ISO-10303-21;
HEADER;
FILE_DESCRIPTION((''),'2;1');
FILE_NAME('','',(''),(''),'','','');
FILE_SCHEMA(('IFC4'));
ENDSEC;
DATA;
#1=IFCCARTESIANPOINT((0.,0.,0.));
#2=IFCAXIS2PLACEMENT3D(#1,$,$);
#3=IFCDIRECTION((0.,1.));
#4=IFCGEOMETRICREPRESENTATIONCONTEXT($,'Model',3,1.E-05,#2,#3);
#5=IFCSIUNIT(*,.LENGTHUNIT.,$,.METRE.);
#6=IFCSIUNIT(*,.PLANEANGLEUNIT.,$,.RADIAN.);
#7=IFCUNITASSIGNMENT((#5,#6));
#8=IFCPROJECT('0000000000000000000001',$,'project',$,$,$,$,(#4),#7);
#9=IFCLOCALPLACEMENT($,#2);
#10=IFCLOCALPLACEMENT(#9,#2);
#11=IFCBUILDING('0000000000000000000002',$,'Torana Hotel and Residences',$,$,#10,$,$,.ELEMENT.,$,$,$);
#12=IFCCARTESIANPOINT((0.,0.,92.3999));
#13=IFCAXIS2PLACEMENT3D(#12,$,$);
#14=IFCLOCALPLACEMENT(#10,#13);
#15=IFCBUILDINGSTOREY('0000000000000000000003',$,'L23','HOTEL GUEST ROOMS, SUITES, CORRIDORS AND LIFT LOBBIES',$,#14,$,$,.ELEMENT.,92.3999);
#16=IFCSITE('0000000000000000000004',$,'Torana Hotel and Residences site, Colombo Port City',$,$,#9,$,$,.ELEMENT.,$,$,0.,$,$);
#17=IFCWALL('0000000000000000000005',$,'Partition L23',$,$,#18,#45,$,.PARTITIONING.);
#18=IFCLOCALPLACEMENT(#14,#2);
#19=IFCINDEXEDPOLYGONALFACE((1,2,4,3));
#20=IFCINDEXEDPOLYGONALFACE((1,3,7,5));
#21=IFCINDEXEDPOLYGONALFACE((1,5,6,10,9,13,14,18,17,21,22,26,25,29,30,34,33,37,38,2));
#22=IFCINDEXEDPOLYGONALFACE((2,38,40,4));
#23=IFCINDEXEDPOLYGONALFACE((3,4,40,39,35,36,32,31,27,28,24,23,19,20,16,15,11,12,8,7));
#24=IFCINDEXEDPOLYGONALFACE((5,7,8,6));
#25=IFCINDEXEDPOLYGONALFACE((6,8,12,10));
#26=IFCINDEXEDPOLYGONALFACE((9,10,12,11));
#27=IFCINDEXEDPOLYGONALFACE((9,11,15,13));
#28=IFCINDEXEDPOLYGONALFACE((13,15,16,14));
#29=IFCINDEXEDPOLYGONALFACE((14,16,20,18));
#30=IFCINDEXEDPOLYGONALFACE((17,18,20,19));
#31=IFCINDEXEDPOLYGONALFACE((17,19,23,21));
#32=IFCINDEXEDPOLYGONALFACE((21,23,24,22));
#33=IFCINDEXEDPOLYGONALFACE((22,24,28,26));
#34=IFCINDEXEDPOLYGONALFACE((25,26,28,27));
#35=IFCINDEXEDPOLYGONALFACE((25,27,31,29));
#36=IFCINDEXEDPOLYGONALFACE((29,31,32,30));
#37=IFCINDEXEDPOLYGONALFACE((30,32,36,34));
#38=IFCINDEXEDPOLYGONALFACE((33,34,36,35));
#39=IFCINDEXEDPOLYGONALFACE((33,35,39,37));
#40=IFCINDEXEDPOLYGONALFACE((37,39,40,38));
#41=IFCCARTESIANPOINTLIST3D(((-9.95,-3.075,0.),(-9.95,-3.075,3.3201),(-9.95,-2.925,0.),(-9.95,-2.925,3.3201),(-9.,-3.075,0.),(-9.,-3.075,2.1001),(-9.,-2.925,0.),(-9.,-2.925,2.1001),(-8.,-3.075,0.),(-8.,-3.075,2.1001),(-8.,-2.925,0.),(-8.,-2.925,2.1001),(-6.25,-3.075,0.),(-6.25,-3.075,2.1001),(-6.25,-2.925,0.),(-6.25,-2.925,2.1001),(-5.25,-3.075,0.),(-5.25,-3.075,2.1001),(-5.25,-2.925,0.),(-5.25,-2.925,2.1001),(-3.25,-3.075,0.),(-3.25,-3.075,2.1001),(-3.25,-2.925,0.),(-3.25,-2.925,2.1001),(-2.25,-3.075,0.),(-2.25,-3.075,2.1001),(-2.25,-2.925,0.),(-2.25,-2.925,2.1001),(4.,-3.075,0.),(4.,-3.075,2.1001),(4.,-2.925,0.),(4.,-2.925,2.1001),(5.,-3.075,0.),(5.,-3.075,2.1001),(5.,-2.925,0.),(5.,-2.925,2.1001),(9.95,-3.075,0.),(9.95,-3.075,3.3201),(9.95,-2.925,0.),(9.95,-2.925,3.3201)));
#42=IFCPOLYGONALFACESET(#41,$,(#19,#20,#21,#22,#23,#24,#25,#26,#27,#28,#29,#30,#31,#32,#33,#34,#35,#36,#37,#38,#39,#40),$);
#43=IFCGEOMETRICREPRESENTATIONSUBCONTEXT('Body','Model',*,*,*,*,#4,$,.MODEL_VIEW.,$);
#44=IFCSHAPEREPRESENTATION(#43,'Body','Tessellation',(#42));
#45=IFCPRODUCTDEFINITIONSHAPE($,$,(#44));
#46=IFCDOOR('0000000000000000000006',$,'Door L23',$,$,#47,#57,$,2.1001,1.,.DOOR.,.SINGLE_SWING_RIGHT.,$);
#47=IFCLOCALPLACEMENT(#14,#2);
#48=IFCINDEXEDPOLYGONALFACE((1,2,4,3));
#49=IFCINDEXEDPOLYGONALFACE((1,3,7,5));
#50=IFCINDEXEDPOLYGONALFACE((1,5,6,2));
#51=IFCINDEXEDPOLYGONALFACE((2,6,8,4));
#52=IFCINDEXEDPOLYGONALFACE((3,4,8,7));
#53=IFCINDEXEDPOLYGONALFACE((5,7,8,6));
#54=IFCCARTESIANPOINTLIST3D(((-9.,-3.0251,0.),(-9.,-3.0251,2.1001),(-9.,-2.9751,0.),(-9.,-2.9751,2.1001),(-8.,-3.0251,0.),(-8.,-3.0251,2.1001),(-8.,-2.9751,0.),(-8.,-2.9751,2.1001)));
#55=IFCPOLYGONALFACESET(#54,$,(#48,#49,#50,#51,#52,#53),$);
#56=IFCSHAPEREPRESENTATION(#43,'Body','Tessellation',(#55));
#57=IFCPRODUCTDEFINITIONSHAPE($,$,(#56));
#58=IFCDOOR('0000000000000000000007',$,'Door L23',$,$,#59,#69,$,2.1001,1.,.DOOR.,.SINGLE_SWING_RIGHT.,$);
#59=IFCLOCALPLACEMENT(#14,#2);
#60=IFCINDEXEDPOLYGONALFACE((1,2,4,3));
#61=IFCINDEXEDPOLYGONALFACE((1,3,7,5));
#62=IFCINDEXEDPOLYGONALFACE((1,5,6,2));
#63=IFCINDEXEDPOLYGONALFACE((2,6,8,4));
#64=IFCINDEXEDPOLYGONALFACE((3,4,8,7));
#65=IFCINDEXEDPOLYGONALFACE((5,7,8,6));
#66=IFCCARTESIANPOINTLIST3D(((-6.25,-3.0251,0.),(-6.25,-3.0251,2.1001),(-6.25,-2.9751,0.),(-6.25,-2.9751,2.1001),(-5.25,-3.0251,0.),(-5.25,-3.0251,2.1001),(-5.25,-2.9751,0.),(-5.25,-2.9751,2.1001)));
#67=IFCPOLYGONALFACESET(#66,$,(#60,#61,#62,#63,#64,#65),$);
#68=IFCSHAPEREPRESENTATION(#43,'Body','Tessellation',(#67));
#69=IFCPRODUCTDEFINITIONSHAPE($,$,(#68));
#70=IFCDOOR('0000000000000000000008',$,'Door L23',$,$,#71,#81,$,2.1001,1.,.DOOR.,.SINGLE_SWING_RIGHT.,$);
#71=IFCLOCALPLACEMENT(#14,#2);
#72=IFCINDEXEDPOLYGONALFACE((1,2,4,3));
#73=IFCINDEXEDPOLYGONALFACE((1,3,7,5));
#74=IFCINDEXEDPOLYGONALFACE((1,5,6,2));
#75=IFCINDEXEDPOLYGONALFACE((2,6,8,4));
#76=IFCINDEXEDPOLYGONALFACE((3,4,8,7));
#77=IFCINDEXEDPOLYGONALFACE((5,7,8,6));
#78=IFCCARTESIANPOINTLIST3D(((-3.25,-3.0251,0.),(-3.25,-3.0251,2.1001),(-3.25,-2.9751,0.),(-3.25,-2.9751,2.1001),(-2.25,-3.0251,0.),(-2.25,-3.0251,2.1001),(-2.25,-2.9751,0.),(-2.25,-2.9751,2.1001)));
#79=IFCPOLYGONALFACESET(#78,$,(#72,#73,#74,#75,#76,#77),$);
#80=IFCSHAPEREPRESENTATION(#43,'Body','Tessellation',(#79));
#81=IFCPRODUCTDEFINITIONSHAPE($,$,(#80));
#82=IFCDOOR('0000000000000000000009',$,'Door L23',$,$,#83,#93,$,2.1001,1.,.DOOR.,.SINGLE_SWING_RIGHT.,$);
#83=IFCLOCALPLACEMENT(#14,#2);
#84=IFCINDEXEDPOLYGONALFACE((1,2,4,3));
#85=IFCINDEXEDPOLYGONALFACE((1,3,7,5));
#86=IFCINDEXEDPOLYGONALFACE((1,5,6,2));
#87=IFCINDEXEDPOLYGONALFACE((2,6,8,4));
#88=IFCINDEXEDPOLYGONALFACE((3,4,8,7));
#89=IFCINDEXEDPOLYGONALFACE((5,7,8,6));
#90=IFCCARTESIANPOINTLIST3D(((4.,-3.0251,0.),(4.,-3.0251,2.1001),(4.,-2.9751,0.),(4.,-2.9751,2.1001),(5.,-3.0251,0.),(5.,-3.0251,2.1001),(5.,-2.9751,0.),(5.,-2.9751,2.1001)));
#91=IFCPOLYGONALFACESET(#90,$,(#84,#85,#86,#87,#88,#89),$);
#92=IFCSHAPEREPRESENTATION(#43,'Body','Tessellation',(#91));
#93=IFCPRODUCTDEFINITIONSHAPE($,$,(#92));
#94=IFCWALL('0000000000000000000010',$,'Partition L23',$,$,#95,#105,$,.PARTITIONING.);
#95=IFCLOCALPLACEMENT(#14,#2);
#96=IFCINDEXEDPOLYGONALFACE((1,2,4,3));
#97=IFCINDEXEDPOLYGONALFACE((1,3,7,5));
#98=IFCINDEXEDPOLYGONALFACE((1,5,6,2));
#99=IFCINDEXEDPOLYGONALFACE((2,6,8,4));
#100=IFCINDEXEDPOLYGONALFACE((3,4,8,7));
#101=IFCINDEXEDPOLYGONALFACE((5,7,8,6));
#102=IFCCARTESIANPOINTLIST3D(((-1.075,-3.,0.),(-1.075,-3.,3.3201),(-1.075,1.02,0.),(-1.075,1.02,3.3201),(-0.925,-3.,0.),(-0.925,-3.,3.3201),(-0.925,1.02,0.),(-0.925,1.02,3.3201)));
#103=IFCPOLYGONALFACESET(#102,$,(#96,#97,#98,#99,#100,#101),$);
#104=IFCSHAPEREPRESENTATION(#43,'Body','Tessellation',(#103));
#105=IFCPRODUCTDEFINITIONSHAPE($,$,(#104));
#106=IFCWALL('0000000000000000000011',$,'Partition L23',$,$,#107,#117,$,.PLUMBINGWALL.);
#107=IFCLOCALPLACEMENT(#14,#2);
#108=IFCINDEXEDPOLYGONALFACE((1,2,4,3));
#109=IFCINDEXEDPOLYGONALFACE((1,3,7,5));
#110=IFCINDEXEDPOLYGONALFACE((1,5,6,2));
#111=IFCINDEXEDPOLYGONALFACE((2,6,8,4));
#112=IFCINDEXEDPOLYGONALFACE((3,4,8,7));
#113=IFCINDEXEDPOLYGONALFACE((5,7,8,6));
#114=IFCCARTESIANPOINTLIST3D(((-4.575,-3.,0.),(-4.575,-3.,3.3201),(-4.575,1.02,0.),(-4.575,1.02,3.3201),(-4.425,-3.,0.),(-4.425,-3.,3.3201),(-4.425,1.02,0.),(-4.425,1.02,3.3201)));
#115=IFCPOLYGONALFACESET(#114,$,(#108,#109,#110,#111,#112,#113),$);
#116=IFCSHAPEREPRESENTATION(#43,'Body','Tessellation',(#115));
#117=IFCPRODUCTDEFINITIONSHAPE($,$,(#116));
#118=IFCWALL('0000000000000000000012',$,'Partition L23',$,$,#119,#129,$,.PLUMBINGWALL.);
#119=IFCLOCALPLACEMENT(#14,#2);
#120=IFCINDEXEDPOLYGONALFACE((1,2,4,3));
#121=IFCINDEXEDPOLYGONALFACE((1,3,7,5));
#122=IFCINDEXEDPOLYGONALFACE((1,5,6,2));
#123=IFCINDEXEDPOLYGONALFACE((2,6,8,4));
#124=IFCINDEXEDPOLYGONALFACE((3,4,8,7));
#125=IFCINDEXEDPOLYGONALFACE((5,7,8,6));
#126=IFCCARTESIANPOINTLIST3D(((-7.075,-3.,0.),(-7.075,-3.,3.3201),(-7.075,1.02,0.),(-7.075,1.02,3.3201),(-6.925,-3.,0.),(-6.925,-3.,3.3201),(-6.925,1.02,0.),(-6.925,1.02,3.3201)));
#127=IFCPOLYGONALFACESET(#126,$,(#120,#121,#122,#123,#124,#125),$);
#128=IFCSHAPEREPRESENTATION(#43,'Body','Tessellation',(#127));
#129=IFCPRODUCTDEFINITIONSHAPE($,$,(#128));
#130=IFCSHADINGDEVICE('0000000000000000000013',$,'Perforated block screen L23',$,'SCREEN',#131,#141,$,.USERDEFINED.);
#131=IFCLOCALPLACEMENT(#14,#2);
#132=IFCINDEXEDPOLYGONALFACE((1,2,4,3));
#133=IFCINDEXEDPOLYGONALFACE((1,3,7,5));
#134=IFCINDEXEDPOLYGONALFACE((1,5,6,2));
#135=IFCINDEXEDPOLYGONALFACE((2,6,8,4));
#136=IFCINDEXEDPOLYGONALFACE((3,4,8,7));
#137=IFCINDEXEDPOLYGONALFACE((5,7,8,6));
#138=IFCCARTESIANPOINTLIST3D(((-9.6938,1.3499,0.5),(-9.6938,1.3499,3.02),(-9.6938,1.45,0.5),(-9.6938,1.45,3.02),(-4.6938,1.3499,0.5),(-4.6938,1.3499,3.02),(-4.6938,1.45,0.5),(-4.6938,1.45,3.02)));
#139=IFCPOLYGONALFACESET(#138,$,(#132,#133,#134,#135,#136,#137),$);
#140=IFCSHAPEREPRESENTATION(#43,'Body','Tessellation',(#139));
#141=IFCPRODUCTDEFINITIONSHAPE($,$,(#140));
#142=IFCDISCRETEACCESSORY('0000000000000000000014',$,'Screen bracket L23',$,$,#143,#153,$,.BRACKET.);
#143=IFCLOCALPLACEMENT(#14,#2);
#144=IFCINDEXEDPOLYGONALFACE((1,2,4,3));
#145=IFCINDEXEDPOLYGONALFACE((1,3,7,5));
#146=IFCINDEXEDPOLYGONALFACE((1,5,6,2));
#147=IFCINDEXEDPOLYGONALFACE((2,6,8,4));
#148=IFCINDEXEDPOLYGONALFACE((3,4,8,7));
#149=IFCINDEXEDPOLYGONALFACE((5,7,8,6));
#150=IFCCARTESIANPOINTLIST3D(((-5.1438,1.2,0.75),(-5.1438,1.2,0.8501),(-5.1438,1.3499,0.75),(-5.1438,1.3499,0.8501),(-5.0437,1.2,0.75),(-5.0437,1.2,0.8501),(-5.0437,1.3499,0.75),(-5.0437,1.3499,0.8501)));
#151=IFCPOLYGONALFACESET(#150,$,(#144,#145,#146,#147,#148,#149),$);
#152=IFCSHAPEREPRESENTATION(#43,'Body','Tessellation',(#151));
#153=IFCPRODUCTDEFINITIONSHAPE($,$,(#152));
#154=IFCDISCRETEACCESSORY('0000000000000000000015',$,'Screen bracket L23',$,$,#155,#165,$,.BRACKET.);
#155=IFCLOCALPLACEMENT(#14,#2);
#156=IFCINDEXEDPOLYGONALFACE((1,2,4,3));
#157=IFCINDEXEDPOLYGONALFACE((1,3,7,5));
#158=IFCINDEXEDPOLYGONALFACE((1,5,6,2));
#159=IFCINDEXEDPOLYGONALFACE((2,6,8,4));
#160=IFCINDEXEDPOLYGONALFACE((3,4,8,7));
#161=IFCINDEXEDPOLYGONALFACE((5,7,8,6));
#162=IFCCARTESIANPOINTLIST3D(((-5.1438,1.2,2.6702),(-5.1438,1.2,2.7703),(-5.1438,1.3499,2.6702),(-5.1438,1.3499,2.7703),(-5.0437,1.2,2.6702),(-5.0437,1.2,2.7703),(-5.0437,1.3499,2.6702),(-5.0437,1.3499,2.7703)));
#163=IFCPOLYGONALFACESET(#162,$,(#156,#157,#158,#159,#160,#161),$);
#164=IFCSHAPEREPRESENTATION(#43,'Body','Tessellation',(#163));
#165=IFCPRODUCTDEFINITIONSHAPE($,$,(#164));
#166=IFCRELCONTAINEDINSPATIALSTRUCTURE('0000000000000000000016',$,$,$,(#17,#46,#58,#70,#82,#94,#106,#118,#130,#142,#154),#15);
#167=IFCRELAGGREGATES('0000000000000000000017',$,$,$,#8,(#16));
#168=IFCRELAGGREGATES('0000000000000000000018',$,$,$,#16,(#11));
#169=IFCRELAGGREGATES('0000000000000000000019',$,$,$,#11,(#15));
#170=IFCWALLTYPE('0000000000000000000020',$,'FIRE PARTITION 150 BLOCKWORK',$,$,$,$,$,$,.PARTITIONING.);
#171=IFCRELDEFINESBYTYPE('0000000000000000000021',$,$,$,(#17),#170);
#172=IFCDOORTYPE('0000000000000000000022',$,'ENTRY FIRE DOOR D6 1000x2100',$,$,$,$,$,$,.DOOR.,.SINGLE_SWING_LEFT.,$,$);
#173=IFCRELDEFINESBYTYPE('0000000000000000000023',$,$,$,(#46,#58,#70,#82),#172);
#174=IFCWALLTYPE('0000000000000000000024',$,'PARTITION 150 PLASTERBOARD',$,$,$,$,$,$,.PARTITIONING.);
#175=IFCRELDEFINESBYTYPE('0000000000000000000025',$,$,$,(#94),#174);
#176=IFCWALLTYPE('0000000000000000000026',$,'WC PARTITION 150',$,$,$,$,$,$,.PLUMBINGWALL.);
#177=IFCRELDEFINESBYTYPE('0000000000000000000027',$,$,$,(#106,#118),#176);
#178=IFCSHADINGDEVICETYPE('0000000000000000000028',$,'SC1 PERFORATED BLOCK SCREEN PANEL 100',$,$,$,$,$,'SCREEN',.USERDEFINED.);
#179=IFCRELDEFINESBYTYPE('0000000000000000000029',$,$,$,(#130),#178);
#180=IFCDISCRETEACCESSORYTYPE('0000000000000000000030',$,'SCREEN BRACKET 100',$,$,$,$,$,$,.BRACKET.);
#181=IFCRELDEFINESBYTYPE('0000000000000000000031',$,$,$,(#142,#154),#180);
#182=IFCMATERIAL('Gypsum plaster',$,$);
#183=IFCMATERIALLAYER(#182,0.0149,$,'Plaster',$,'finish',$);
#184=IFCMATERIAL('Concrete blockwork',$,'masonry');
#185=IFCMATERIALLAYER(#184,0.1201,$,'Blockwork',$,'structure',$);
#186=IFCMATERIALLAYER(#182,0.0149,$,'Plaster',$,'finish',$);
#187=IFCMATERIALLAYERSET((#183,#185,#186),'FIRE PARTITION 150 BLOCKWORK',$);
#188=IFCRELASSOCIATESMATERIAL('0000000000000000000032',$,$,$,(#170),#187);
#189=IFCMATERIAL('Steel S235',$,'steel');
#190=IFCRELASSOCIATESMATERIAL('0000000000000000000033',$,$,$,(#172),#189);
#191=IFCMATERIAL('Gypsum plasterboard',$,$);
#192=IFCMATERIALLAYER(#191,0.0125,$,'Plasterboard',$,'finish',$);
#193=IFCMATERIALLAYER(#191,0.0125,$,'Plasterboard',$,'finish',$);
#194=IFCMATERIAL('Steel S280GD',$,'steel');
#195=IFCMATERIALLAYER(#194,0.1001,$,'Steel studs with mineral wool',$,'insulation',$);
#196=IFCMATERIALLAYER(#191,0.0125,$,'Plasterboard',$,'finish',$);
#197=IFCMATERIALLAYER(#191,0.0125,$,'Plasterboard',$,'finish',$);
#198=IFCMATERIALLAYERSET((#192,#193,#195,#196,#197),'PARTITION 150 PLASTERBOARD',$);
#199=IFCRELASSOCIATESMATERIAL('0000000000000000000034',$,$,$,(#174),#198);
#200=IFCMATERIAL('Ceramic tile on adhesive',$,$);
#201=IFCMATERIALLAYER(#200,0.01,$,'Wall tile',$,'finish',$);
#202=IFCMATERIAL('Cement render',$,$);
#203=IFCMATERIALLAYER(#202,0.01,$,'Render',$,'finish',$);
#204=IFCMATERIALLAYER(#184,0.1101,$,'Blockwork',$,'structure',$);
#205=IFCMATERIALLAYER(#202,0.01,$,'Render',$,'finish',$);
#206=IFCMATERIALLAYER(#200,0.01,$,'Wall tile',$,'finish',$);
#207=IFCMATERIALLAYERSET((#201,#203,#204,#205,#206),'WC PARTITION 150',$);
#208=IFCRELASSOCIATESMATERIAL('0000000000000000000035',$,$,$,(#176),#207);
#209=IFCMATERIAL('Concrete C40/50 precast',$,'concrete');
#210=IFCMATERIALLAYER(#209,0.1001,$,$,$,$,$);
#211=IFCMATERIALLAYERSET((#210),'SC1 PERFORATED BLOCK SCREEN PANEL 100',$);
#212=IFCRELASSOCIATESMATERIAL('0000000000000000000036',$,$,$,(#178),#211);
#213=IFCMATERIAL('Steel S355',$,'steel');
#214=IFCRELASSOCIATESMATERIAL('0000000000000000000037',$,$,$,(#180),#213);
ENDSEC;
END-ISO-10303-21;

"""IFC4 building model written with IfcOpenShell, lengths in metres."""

from ifc_helpers import new_model, si_unit, direction, frame, frame_2d, origin, origin_2d, place, context, subcontext, project, spatial, rectangle, extrude, material, layer, layer_set, type_object, element, fill, save


model = new_model("IFC4")

# Units and contexts
model_context = context("Model", 3, precision=1e-05, world=origin(), true_north=direction((0.0, 1.0)))
body_context = subcontext(model_context, "Body", "Model", "MODEL_VIEW")
ifc_project = project(units=[si_unit("LENGTHUNIT", "METRE"), si_unit("PLANEANGLEUNIT", "RADIAN")], contexts=[model_context])

# Site, building, storey
site_placement = place(None, origin())
site = spatial("IfcSite", under=ifc_project, at=site_placement, Name="Torana Hotel and Residences site, Colombo Port City", CompositionType="ELEMENT", RefElevation=0.0)
building_placement = place(site_placement, origin())
building = spatial("IfcBuilding", under=site, at=building_placement, Name="Torana Hotel and Residences", CompositionType="ELEMENT")
storey_placement = place(building_placement, frame((0.0, 0.0, 92.3999)))
storey = spatial("IfcBuildingStorey", under=building, at=storey_placement, Name="L23", Description="HOTEL GUEST ROOMS, SUITES, CORRIDORS AND LIFT LOBBIES", CompositionType="ELEMENT", Elevation=92.3999)

# Shared definitions
ifc_material_1 = material(Name="Gypsum plaster")
ifc_layer_1 = layer(ifc_material_1, 0.0149, Name="Plaster", Category="finish")
ifc_material_2 = material(Name="Concrete blockwork", Category="masonry")
ifc_layer_2 = layer(ifc_material_2, 0.1201, Name="Blockwork", Category="structure")
ifc_layer_3 = layer(ifc_material_1, 0.0149, Name="Plaster", Category="finish")
ifc_layer_set_1 = layer_set([ifc_layer_1, ifc_layer_2, ifc_layer_3], Name="FIRE PARTITION 150 BLOCKWORK")
wall_type_1 = type_object("IfcWallType", Name="FIRE PARTITION 150 BLOCKWORK", PredefinedType="PARTITIONING", material=ifc_layer_set_1)

# Wall, openings, doors
ifc_material_3 = material(Name="Steel S235", Category="steel")
door_type = type_object("IfcDoorType", Name="ENTRY FIRE DOOR D6 1000x2100", OperationType="SINGLE_SWING_LEFT", PredefinedType="DOOR", material=ifc_material_3)
wall_1_placement = place(storey_placement, frame((-9.95, -3.0, 0.0), z_axis=(0.0, 0.0, 1.0), x_axis=(1.0, 0.0, 0.0)))
wall_1 = element("IfcWall", 1, at=wall_1_placement, inside=storey, type_object=wall_type_1, Name="Partition L23", PredefinedType="PARTITIONING", context=body_context, shape_type="SweptSolid", body=[
    extrude(rectangle(XDim=19.8999, YDim=0.1499, at=frame_2d((9.95, 0.0))), origin(), (0.0, 0.0, 1.0), 3.3201),
])
opening_1_placement = place(wall_1_placement, frame((0.95, 0.0, 0.0)))
opening_1 = element("IfcOpeningElement", 2, at=opening_1_placement, cuts=wall_1, PredefinedType="OPENING", context=body_context, shape_type="SweptSolid", body=[
    extrude(rectangle(XDim=1.0, YDim=2.1001, at=frame_2d((0.5, 1.05))), frame((0.0, 0.085, 0.0), z_axis=(0.0, -1.0, 0.0), x_axis=(1.0, 0.0, 0.0)), (0.0, 0.0, 1.0), 0.1699),
])
opening_2_placement = place(wall_1_placement, frame((3.7, 0.0, 0.0)))
opening_2 = element("IfcOpeningElement", 3, at=opening_2_placement, cuts=wall_1, PredefinedType="OPENING", context=body_context, shape_type="SweptSolid", body=[
    extrude(rectangle(XDim=1.0, YDim=2.1001, at=frame_2d((0.5, 1.05))), frame((0.0, 0.085, 0.0), z_axis=(0.0, -1.0, 0.0), x_axis=(1.0, 0.0, 0.0)), (0.0, 0.0, 1.0), 0.1699),
])
opening_3_placement = place(wall_1_placement, frame((6.7, 0.0, 0.0)))
opening_3 = element("IfcOpeningElement", 4, at=opening_3_placement, cuts=wall_1, PredefinedType="OPENING", context=body_context, shape_type="SweptSolid", body=[
    extrude(rectangle(XDim=1.0, YDim=2.1001, at=frame_2d((0.5, 1.05))), frame((0.0, 0.085, 0.0), z_axis=(0.0, -1.0, 0.0), x_axis=(1.0, 0.0, 0.0)), (0.0, 0.0, 1.0), 0.1699),
])
opening_4_placement = place(wall_1_placement, frame((13.95, 0.0, 0.0)))
opening_4 = element("IfcOpeningElement", 5, at=opening_4_placement, cuts=wall_1, PredefinedType="OPENING", context=body_context, shape_type="SweptSolid", body=[
    extrude(rectangle(XDim=1.0, YDim=2.1001, at=frame_2d((0.5, 1.05))), frame((0.0, 0.085, 0.0), z_axis=(0.0, -1.0, 0.0), x_axis=(1.0, 0.0, 0.0)), (0.0, 0.0, 1.0), 0.1699),
])
door_1_placement = place(opening_1_placement, origin())
door_1 = element("IfcDoor", 6, at=door_1_placement, inside=storey, type_object=door_type, Name="Door L23", OperationType="SINGLE_SWING_RIGHT", OverallHeight=2.1001, OverallWidth=1.0, PredefinedType="DOOR", context=body_context, shape_type="SweptSolid", body=[
    extrude(rectangle(XDim=1.0, YDim=2.1001, at=frame_2d((0.5, 1.05))), frame((0.0, 0.0249, 0.0), z_axis=(0.0, -1.0, 0.0), x_axis=(1.0, 0.0, 0.0)), (0.0, 0.0, 1.0), 0.05),
])
fill(opening_1, door_1)
door_2_placement = place(opening_2_placement, origin())
door_2 = element("IfcDoor", 7, at=door_2_placement, inside=storey, type_object=door_type, Name="Door L23", OperationType="SINGLE_SWING_RIGHT", OverallHeight=2.1001, OverallWidth=1.0, PredefinedType="DOOR", context=body_context, shape_type="SweptSolid", body=[
    extrude(rectangle(XDim=1.0, YDim=2.1001, at=frame_2d((0.5, 1.05))), frame((0.0, 0.0249, 0.0), z_axis=(0.0, -1.0, 0.0), x_axis=(1.0, 0.0, 0.0)), (0.0, 0.0, 1.0), 0.05),
])
fill(opening_2, door_2)
door_3_placement = place(opening_3_placement, origin())
door_3 = element("IfcDoor", 8, at=door_3_placement, inside=storey, type_object=door_type, Name="Door L23", OperationType="SINGLE_SWING_RIGHT", OverallHeight=2.1001, OverallWidth=1.0, PredefinedType="DOOR", context=body_context, shape_type="SweptSolid", body=[
    extrude(rectangle(XDim=1.0, YDim=2.1001, at=frame_2d((0.5, 1.05))), frame((0.0, 0.0249, 0.0), z_axis=(0.0, -1.0, 0.0), x_axis=(1.0, 0.0, 0.0)), (0.0, 0.0, 1.0), 0.05),
])
fill(opening_3, door_3)
door_4_placement = place(opening_4_placement, origin())
door_4 = element("IfcDoor", 9, at=door_4_placement, inside=storey, type_object=door_type, Name="Door L23", OperationType="SINGLE_SWING_RIGHT", OverallHeight=2.1001, OverallWidth=1.0, PredefinedType="DOOR", context=body_context, shape_type="SweptSolid", body=[
    extrude(rectangle(XDim=1.0, YDim=2.1001, at=frame_2d((0.5, 1.05))), frame((0.0, 0.0249, 0.0), z_axis=(0.0, -1.0, 0.0), x_axis=(1.0, 0.0, 0.0)), (0.0, 0.0, 1.0), 0.05),
])
fill(opening_4, door_4)

# Walls
ifc_material_4 = material(Name="Gypsum plasterboard")
ifc_layer_4 = layer(ifc_material_4, 0.0125, Name="Plasterboard", Category="finish")
ifc_layer_5 = layer(ifc_material_4, 0.0125, Name="Plasterboard", Category="finish")
ifc_material_5 = material(Name="Steel S280GD", Category="steel")
ifc_layer_6 = layer(ifc_material_5, 0.1001, Name="Steel studs with mineral wool", Category="insulation")
ifc_layer_7 = layer(ifc_material_4, 0.0125, Name="Plasterboard", Category="finish")
ifc_layer_8 = layer(ifc_material_4, 0.0125, Name="Plasterboard", Category="finish")
ifc_layer_set_2 = layer_set([ifc_layer_4, ifc_layer_5, ifc_layer_6, ifc_layer_7, ifc_layer_8], Name="PARTITION 150 PLASTERBOARD")
wall_type_2 = type_object("IfcWallType", Name="PARTITION 150 PLASTERBOARD", PredefinedType="PARTITIONING", material=ifc_layer_set_2)
wall_2_placement = place(storey_placement, frame((-1.0, -3.0, 0.0), z_axis=(0.0, 0.0, 1.0), x_axis=(0.0, 1.0, 0.0)))
element("IfcWall", 10, at=wall_2_placement, inside=storey, type_object=wall_type_2, Name="Partition L23", PredefinedType="PARTITIONING", context=body_context, shape_type="SweptSolid", body=[
    extrude(rectangle(XDim=4.02, YDim=0.1499, at=frame_2d((2.01, 0.0))), origin(), (0.0, 0.0, 1.0), 3.3201),
])
ifc_material_6 = material(Name="Ceramic tile on adhesive")
ifc_layer_9 = layer(ifc_material_6, 0.01, Name="Wall tile", Category="finish")
ifc_material_7 = material(Name="Cement render")
ifc_layer_10 = layer(ifc_material_7, 0.01, Name="Render", Category="finish")
ifc_layer_11 = layer(ifc_material_2, 0.1101, Name="Blockwork", Category="structure")
ifc_layer_12 = layer(ifc_material_7, 0.01, Name="Render", Category="finish")
ifc_layer_13 = layer(ifc_material_6, 0.01, Name="Wall tile", Category="finish")
ifc_layer_set_3 = layer_set([ifc_layer_9, ifc_layer_10, ifc_layer_11, ifc_layer_12, ifc_layer_13], Name="WC PARTITION 150")
wall_type_3 = type_object("IfcWallType", Name="WC PARTITION 150", PredefinedType="PLUMBINGWALL", material=ifc_layer_set_3)
for number, where, z_axis, x_axis, name in (
    (11, (-4.5, -3.0, 0.0), (0.0, 0.0, 1.0), (0.0, 1.0, 0.0), "Partition L23"),
    (12, (-7.0, -3.0, 0.0), (0.0, 0.0, 1.0), (0.0, 1.0, 0.0), "Partition L23"),
):
    element("IfcWall", number, at=place(storey_placement, frame(where, z_axis=z_axis, x_axis=x_axis)), inside=storey, type_object=wall_type_3, Name=name, PredefinedType="PLUMBINGWALL", context=body_context, shape_type="SweptSolid", body=[
        extrude(rectangle(XDim=4.02, YDim=0.1499, at=frame_2d((2.01, 0.0))), origin(), (0.0, 0.0, 1.0), 3.3201),
    ])

# Shading device
ifc_material_8 = material(Name="Concrete C40/50 precast", Category="concrete")
ifc_layer_14 = layer(ifc_material_8, 0.1001)
ifc_layer_set_4 = layer_set([ifc_layer_14], Name="SC1 PERFORATED BLOCK SCREEN PANEL 100")
shading_device_type = type_object("IfcShadingDeviceType", Name="SC1 PERFORATED BLOCK SCREEN PANEL 100", ElementType="SCREEN", PredefinedType="USERDEFINED", material=ifc_layer_set_4)
shading_device_placement = place(storey_placement, frame((-7.1938, 1.3999, 0.5), z_axis=(0.0, 0.0, 1.0), x_axis=(-1.0, 0.0, 0.0)))
element("IfcShadingDevice", 13, at=shading_device_placement, inside=storey, type_object=shading_device_type, Name="Perforated block screen L23", ObjectType="SCREEN", PredefinedType="USERDEFINED", context=body_context, shape_type="SweptSolid", body=[
    extrude(rectangle(XDim=5.0, YDim=0.1001, at=origin_2d()), origin(), (0.0, 0.0, 1.0), 2.52),
])

# Discrete accessories
ifc_material_9 = material(Name="Steel S355", Category="steel")
discrete_accessory_type = type_object("IfcDiscreteAccessoryType", Name="SCREEN BRACKET 100", PredefinedType="BRACKET", material=ifc_material_9)
for number, where, z_axis, x_axis, name in (
    (14, (-5.0938, 1.2749, 0.75), (0.0, 0.0, 1.0), (-1.0, 0.0, 0.0), "Screen bracket L23"),
    (15, (-5.0938, 1.2749, 2.6702), (0.0, 0.0, 1.0), (-1.0, 0.0, 0.0), "Screen bracket L23"),
):
    element("IfcDiscreteAccessory", number, at=place(storey_placement, frame(where, z_axis=z_axis, x_axis=x_axis)), inside=storey, type_object=discrete_accessory_type, Name=name, PredefinedType="BRACKET", context=body_context, shape_type="SweptSolid", body=[
        extrude(rectangle(XDim=0.1001, YDim=0.1499, at=origin_2d()), origin(), (0.0, 0.0, 1.0), 0.1001),
    ])

save(model, "model.ifc")
